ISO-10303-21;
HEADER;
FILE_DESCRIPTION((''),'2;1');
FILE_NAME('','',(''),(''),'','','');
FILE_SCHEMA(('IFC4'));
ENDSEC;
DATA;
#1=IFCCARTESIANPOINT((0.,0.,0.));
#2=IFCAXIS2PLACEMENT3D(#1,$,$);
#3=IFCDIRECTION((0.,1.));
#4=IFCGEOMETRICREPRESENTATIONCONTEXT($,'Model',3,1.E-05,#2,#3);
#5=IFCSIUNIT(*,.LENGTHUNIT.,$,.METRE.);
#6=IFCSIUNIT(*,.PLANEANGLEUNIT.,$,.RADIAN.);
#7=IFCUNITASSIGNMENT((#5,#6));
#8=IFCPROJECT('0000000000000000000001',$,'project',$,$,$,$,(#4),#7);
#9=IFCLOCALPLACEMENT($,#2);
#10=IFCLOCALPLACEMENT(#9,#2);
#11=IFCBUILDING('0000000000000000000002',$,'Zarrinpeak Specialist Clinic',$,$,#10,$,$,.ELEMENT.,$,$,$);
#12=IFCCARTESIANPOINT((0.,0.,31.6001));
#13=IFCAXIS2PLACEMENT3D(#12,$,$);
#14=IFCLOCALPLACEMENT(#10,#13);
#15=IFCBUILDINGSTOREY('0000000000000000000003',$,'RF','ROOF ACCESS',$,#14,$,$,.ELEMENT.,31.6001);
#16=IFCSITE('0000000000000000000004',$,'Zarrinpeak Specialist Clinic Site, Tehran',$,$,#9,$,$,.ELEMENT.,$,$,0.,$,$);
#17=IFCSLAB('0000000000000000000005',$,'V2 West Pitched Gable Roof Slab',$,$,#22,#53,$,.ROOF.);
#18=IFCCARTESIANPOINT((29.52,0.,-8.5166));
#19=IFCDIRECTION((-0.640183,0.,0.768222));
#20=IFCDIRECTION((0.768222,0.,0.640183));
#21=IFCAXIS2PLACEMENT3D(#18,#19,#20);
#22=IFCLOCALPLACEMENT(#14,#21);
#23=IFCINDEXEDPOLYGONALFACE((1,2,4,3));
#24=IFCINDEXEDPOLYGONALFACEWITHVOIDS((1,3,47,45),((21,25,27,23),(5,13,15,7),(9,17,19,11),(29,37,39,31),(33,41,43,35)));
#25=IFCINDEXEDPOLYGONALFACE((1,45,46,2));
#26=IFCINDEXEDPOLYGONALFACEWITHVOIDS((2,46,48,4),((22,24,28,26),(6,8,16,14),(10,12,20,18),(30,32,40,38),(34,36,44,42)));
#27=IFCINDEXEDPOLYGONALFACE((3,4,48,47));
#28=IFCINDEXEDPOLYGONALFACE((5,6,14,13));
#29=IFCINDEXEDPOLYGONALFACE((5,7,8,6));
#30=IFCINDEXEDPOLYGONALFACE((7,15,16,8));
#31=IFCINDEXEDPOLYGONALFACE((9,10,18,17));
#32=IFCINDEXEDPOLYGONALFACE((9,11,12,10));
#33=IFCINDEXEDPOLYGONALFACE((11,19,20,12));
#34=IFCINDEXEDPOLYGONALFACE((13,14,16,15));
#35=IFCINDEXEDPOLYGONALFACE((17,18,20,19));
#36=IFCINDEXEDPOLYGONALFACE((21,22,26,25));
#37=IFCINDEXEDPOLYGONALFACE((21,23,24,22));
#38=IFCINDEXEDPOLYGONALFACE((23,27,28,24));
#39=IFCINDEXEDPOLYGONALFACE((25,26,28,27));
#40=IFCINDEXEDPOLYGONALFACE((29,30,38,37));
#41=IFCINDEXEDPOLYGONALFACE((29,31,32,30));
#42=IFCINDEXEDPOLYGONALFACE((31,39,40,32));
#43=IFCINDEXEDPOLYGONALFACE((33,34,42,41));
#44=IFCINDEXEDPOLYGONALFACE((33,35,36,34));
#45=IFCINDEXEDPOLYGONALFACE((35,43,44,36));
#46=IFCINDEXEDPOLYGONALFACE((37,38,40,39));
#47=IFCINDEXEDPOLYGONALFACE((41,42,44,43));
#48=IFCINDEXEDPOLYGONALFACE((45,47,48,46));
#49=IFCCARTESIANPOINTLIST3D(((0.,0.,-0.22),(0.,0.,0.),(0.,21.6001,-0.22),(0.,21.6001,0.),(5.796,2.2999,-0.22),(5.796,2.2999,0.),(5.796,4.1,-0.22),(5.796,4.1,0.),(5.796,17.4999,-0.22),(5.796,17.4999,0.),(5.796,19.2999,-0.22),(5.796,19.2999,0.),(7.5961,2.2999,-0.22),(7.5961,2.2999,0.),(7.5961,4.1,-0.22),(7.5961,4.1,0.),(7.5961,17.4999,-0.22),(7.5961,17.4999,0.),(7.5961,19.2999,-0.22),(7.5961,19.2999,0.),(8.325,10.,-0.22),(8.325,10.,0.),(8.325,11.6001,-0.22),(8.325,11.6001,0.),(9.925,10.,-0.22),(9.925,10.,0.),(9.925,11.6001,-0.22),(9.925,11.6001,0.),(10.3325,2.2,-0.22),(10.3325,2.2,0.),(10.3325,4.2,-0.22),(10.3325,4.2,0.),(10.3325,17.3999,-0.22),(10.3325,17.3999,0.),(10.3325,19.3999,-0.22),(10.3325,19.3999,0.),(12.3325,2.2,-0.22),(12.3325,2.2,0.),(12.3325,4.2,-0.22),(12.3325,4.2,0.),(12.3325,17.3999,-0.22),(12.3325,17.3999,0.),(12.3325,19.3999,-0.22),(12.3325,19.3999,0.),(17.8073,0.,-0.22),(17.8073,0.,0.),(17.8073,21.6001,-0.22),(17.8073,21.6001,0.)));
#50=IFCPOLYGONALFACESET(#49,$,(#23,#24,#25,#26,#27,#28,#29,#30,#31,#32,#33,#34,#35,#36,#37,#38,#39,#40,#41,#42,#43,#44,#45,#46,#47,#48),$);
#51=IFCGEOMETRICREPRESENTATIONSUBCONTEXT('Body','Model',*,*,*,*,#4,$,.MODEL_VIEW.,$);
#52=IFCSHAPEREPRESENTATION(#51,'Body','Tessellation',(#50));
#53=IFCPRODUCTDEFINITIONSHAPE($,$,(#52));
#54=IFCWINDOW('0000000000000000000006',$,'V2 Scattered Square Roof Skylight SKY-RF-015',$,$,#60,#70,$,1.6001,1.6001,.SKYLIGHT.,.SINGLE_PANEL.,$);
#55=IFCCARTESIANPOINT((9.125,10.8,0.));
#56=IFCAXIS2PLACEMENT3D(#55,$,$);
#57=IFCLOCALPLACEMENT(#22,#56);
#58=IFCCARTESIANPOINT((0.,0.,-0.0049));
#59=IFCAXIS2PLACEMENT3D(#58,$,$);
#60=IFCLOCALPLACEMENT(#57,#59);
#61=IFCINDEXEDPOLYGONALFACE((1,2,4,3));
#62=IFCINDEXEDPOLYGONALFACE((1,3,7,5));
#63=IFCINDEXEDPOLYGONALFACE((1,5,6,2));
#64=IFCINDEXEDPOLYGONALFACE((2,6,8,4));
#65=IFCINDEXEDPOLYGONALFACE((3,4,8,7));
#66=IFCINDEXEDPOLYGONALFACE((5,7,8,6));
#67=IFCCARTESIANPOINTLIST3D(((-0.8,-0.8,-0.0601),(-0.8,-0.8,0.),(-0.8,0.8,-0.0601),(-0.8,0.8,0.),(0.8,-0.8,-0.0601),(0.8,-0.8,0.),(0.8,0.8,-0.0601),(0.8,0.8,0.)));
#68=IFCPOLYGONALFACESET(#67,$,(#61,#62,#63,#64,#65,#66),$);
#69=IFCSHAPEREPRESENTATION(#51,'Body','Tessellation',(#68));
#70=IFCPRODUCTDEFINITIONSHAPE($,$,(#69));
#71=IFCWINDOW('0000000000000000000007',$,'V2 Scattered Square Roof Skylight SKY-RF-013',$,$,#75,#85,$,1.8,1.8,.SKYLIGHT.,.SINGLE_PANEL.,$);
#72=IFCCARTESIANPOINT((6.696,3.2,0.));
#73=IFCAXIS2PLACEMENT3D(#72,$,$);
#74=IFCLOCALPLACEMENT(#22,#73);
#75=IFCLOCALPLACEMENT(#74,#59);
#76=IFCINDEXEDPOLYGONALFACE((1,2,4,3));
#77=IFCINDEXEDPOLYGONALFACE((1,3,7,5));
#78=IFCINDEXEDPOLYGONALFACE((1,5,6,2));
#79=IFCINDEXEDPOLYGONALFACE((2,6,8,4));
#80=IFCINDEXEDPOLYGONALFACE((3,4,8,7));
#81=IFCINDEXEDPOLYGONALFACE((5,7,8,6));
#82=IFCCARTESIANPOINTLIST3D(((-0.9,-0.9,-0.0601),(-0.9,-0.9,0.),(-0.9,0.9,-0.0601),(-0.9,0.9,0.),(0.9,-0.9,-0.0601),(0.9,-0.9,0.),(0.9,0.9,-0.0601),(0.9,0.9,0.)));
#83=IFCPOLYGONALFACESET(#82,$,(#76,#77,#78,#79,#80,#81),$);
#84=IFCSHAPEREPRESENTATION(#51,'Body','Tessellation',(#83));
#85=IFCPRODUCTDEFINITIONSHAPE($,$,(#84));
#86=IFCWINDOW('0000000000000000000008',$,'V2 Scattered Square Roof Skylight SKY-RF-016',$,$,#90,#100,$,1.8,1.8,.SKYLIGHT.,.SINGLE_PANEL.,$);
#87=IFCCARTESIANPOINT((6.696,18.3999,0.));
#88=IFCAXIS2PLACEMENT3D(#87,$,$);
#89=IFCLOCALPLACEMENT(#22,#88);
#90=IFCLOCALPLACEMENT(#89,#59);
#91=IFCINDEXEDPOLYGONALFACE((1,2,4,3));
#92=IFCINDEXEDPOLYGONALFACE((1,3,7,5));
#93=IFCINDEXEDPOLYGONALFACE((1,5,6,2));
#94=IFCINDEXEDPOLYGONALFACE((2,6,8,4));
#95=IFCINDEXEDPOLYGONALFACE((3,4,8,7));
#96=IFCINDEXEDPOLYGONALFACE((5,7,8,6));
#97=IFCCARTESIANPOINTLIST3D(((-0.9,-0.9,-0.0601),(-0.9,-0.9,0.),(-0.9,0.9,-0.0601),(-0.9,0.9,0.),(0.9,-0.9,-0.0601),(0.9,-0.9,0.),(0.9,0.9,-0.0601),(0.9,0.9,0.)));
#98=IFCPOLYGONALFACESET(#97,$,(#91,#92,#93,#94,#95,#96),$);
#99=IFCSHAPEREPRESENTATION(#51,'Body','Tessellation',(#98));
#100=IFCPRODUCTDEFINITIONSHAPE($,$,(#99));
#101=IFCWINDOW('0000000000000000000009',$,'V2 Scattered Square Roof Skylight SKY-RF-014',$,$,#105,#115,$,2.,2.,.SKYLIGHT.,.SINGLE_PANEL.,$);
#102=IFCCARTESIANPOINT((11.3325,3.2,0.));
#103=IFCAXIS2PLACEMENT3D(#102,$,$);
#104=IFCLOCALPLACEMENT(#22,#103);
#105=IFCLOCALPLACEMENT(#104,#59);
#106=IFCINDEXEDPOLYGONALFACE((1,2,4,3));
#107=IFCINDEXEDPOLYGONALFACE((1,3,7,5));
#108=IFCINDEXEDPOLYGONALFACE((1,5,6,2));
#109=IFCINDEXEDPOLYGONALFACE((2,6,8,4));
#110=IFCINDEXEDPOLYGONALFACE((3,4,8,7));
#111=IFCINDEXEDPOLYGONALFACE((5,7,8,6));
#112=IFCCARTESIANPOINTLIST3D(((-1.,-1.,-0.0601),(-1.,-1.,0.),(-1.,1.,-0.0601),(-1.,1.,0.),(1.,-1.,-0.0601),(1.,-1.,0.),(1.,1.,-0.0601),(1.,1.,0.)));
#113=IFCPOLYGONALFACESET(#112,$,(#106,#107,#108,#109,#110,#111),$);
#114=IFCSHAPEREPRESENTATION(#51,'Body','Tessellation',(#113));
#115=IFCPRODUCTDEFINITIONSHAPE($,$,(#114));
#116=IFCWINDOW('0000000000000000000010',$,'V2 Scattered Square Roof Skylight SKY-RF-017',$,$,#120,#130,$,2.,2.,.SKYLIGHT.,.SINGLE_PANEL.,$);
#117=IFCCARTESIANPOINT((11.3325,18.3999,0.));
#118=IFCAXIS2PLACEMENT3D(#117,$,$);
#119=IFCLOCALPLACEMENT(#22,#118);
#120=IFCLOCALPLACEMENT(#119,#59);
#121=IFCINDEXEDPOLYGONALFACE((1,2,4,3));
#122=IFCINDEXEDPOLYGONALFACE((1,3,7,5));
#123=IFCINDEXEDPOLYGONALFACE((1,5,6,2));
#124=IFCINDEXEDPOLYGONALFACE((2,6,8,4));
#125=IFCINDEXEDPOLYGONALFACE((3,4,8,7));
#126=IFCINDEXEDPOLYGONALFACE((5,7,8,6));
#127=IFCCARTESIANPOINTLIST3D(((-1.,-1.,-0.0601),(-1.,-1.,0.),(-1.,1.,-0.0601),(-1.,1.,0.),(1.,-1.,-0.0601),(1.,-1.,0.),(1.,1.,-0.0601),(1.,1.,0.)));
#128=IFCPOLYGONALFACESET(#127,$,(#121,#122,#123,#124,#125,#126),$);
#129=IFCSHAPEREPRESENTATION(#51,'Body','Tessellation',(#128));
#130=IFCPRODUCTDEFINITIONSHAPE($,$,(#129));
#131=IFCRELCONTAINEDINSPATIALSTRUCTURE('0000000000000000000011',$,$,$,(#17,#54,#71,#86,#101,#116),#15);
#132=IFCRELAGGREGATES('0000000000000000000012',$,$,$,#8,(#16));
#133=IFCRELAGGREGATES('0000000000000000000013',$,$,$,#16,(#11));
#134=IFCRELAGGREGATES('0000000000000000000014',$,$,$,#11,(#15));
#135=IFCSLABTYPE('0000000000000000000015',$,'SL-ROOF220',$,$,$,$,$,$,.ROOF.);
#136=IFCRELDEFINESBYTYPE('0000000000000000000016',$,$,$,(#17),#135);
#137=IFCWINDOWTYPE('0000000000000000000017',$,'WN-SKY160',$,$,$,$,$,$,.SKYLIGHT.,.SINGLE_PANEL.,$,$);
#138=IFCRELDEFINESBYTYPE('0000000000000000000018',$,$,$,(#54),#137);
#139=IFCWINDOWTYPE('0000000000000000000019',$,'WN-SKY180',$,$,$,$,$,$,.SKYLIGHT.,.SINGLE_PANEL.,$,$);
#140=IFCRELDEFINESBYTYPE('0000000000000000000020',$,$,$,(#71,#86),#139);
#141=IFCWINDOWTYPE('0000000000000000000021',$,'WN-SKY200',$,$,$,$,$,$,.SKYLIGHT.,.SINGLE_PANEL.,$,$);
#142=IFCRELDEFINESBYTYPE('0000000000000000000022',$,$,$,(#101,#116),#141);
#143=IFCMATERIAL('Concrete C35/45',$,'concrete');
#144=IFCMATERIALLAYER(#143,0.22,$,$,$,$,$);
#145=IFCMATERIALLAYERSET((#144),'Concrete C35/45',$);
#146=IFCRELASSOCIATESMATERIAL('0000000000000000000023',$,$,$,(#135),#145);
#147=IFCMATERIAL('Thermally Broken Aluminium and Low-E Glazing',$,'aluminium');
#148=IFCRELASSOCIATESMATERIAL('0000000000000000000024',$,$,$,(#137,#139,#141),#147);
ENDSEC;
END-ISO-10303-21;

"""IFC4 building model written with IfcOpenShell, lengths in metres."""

from ifc_helpers import new_model, si_unit, direction, frame, origin, origin_2d, place, context, subcontext, project, spatial, polyline, rectangle, outline, extrude, material, layer, layer_set, type_object, element, fill, save


model = new_model("IFC4")

# Units and contexts
model_context = context("Model", 3, precision=1e-05, world=origin(), true_north=direction((0.0, 1.0)))
body_context = subcontext(model_context, "Body", "Model", "MODEL_VIEW")
ifc_project = project(units=[si_unit("LENGTHUNIT", "METRE"), si_unit("PLANEANGLEUNIT", "RADIAN")], contexts=[model_context])

# Site, building, storey
site_placement = place(None, origin())
site = spatial("IfcSite", under=ifc_project, at=site_placement, Name="Zarrinpeak Specialist Clinic Site, Tehran", CompositionType="ELEMENT", RefElevation=0.0)
building_placement = place(site_placement, origin())
building = spatial("IfcBuilding", under=site, at=building_placement, Name="Zarrinpeak Specialist Clinic", CompositionType="ELEMENT")
storey_placement = place(building_placement, frame((0.0, 0.0, 31.6001)))
storey = spatial("IfcBuildingStorey", under=building, at=storey_placement, Name="RF", Description="ROOF ACCESS", CompositionType="ELEMENT", Elevation=31.6001)

# Slab, openings, windows
ifc_material_1 = material(Name="Concrete C35/45", Category="concrete")
ifc_layer_1 = layer(ifc_material_1, 0.22)
ifc_layer_set_1 = layer_set([ifc_layer_1], Name="Concrete C35/45")
slab_type = type_object("IfcSlabType", Name="SL-ROOF220", PredefinedType="ROOF", material=ifc_layer_set_1)
slab_1_placement = place(storey_placement, frame((29.52, 0.0, -8.5166), z_axis=(-0.640183, 0.0, 0.768222), x_axis=(0.768222, 0.0, 0.640183)))
slab_1 = element("IfcSlab", 1, at=slab_1_placement, inside=storey, type_object=slab_type, Name="V2 West Pitched Gable Roof Slab", PredefinedType="ROOF", context=body_context, shape_type="SweptSolid", body=[
    extrude(outline(polyline([(0.0, 0.0), (17.8073, 0.0), (17.8073, 21.6001), (0.0, 21.6001), (0.0, 0.0)])), origin(), (0.0, 0.0, -1.0), 0.22),
])
opening_1_placement = place(slab_1_placement, frame((6.696, 3.2, 0.0)))
opening_1 = element("IfcOpeningElement", 2, at=opening_1_placement, cuts=slab_1, PredefinedType="OPENING", context=body_context, shape_type="SweptSolid", body=[
    extrude(rectangle(XDim=1.8, YDim=1.8, at=origin_2d()), frame((0.0, 0.0, 0.01), z_axis=(0.0, 0.0, 1.0), x_axis=(1.0, 0.0, 0.0)), (0.0, 0.0, -1.0), 0.24),
])
opening_2_placement = place(slab_1_placement, frame((11.3325, 3.2, 0.0)))
opening_2 = element("IfcOpeningElement", 3, at=opening_2_placement, cuts=slab_1, PredefinedType="OPENING", context=body_context, shape_type="SweptSolid", body=[
    extrude(rectangle(XDim=2.0, YDim=2.0, at=origin_2d()), frame((0.0, 0.0, 0.01), z_axis=(0.0, 0.0, 1.0), x_axis=(1.0, 0.0, 0.0)), (0.0, 0.0, -1.0), 0.24),
])
opening_3_placement = place(slab_1_placement, frame((9.125, 10.8, 0.0)))
opening_3 = element("IfcOpeningElement", 4, at=opening_3_placement, cuts=slab_1, PredefinedType="OPENING", context=body_context, shape_type="SweptSolid", body=[
    extrude(rectangle(XDim=1.6001, YDim=1.6001, at=origin_2d()), frame((0.0, 0.0, 0.01), z_axis=(0.0, 0.0, 1.0), x_axis=(1.0, 0.0, 0.0)), (0.0, 0.0, -1.0), 0.24),
])
opening_4_placement = place(slab_1_placement, frame((6.696, 18.3999, 0.0)))
opening_4 = element("IfcOpeningElement", 5, at=opening_4_placement, cuts=slab_1, PredefinedType="OPENING", context=body_context, shape_type="SweptSolid", body=[
    extrude(rectangle(XDim=1.8, YDim=1.8, at=origin_2d()), frame((0.0, 0.0, 0.01), z_axis=(0.0, 0.0, 1.0), x_axis=(1.0, 0.0, 0.0)), (0.0, 0.0, -1.0), 0.24),
])
opening_5_placement = place(slab_1_placement, frame((11.3325, 18.3999, 0.0)))
opening_5 = element("IfcOpeningElement", 6, at=opening_5_placement, cuts=slab_1, PredefinedType="OPENING", context=body_context, shape_type="SweptSolid", body=[
    extrude(rectangle(XDim=2.0, YDim=2.0, at=origin_2d()), frame((0.0, 0.0, 0.01), z_axis=(0.0, 0.0, 1.0), x_axis=(1.0, 0.0, 0.0)), (0.0, 0.0, -1.0), 0.24),
])
ifc_material_2 = material(Name="Thermally Broken Aluminium and Low-E Glazing", Category="aluminium")
window_type_1 = type_object("IfcWindowType", Name="WN-SKY160", PartitioningType="SINGLE_PANEL", PredefinedType="SKYLIGHT", material=ifc_material_2)
window_1_placement = place(opening_3_placement, frame((0.0, 0.0, -0.0049)))
window_1 = element("IfcWindow", 7, at=window_1_placement, inside=storey, type_object=window_type_1, Name="V2 Scattered Square Roof Skylight SKY-RF-015", OverallHeight=1.6001, OverallWidth=1.6001, PartitioningType="SINGLE_PANEL", PredefinedType="SKYLIGHT", context=body_context, shape_type="SweptSolid", body=[
    extrude(rectangle(XDim=1.6001, YDim=1.6001, at=origin_2d()), origin(), (0.0, 0.0, -1.0), 0.0601),
])
fill(opening_3, window_1)
window_type_2 = type_object("IfcWindowType", Name="WN-SKY180", PartitioningType="SINGLE_PANEL", PredefinedType="SKYLIGHT", material=ifc_material_2)
window_2_placement = place(opening_1_placement, frame((0.0, 0.0, -0.0049)))
window_2 = element("IfcWindow", 8, at=window_2_placement, inside=storey, type_object=window_type_2, Name="V2 Scattered Square Roof Skylight SKY-RF-013", OverallHeight=1.8, OverallWidth=1.8, PartitioningType="SINGLE_PANEL", PredefinedType="SKYLIGHT", context=body_context, shape_type="SweptSolid", body=[
    extrude(rectangle(XDim=1.8, YDim=1.8, at=origin_2d()), origin(), (0.0, 0.0, -1.0), 0.0601),
])
fill(opening_1, window_2)
window_3_placement = place(opening_4_placement, frame((0.0, 0.0, -0.0049)))
window_3 = element("IfcWindow", 9, at=window_3_placement, inside=storey, type_object=window_type_2, Name="V2 Scattered Square Roof Skylight SKY-RF-016", OverallHeight=1.8, OverallWidth=1.8, PartitioningType="SINGLE_PANEL", PredefinedType="SKYLIGHT", context=body_context, shape_type="SweptSolid", body=[
    extrude(rectangle(XDim=1.8, YDim=1.8, at=origin_2d()), origin(), (0.0, 0.0, -1.0), 0.0601),
])
fill(opening_4, window_3)
window_type_3 = type_object("IfcWindowType", Name="WN-SKY200", PartitioningType="SINGLE_PANEL", PredefinedType="SKYLIGHT", material=ifc_material_2)
window_4_placement = place(opening_2_placement, frame((0.0, 0.0, -0.0049)))
window_4 = element("IfcWindow", 10, at=window_4_placement, inside=storey, type_object=window_type_3, Name="V2 Scattered Square Roof Skylight SKY-RF-014", OverallHeight=2.0, OverallWidth=2.0, PartitioningType="SINGLE_PANEL", PredefinedType="SKYLIGHT", context=body_context, shape_type="SweptSolid", body=[
    extrude(rectangle(XDim=2.0, YDim=2.0, at=origin_2d()), origin(), (0.0, 0.0, -1.0), 0.0601),
])
fill(opening_2, window_4)
window_5_placement = place(opening_5_placement, frame((0.0, 0.0, -0.0049)))
window_5 = element("IfcWindow", 11, at=window_5_placement, inside=storey, type_object=window_type_3, Name="V2 Scattered Square Roof Skylight SKY-RF-017", OverallHeight=2.0, OverallWidth=2.0, PartitioningType="SINGLE_PANEL", PredefinedType="SKYLIGHT", context=body_context, shape_type="SweptSolid", body=[
    extrude(rectangle(XDim=2.0, YDim=2.0, at=origin_2d()), origin(), (0.0, 0.0, -1.0), 0.0601),
])
fill(opening_5, window_5)

save(model, "model.ifc")
